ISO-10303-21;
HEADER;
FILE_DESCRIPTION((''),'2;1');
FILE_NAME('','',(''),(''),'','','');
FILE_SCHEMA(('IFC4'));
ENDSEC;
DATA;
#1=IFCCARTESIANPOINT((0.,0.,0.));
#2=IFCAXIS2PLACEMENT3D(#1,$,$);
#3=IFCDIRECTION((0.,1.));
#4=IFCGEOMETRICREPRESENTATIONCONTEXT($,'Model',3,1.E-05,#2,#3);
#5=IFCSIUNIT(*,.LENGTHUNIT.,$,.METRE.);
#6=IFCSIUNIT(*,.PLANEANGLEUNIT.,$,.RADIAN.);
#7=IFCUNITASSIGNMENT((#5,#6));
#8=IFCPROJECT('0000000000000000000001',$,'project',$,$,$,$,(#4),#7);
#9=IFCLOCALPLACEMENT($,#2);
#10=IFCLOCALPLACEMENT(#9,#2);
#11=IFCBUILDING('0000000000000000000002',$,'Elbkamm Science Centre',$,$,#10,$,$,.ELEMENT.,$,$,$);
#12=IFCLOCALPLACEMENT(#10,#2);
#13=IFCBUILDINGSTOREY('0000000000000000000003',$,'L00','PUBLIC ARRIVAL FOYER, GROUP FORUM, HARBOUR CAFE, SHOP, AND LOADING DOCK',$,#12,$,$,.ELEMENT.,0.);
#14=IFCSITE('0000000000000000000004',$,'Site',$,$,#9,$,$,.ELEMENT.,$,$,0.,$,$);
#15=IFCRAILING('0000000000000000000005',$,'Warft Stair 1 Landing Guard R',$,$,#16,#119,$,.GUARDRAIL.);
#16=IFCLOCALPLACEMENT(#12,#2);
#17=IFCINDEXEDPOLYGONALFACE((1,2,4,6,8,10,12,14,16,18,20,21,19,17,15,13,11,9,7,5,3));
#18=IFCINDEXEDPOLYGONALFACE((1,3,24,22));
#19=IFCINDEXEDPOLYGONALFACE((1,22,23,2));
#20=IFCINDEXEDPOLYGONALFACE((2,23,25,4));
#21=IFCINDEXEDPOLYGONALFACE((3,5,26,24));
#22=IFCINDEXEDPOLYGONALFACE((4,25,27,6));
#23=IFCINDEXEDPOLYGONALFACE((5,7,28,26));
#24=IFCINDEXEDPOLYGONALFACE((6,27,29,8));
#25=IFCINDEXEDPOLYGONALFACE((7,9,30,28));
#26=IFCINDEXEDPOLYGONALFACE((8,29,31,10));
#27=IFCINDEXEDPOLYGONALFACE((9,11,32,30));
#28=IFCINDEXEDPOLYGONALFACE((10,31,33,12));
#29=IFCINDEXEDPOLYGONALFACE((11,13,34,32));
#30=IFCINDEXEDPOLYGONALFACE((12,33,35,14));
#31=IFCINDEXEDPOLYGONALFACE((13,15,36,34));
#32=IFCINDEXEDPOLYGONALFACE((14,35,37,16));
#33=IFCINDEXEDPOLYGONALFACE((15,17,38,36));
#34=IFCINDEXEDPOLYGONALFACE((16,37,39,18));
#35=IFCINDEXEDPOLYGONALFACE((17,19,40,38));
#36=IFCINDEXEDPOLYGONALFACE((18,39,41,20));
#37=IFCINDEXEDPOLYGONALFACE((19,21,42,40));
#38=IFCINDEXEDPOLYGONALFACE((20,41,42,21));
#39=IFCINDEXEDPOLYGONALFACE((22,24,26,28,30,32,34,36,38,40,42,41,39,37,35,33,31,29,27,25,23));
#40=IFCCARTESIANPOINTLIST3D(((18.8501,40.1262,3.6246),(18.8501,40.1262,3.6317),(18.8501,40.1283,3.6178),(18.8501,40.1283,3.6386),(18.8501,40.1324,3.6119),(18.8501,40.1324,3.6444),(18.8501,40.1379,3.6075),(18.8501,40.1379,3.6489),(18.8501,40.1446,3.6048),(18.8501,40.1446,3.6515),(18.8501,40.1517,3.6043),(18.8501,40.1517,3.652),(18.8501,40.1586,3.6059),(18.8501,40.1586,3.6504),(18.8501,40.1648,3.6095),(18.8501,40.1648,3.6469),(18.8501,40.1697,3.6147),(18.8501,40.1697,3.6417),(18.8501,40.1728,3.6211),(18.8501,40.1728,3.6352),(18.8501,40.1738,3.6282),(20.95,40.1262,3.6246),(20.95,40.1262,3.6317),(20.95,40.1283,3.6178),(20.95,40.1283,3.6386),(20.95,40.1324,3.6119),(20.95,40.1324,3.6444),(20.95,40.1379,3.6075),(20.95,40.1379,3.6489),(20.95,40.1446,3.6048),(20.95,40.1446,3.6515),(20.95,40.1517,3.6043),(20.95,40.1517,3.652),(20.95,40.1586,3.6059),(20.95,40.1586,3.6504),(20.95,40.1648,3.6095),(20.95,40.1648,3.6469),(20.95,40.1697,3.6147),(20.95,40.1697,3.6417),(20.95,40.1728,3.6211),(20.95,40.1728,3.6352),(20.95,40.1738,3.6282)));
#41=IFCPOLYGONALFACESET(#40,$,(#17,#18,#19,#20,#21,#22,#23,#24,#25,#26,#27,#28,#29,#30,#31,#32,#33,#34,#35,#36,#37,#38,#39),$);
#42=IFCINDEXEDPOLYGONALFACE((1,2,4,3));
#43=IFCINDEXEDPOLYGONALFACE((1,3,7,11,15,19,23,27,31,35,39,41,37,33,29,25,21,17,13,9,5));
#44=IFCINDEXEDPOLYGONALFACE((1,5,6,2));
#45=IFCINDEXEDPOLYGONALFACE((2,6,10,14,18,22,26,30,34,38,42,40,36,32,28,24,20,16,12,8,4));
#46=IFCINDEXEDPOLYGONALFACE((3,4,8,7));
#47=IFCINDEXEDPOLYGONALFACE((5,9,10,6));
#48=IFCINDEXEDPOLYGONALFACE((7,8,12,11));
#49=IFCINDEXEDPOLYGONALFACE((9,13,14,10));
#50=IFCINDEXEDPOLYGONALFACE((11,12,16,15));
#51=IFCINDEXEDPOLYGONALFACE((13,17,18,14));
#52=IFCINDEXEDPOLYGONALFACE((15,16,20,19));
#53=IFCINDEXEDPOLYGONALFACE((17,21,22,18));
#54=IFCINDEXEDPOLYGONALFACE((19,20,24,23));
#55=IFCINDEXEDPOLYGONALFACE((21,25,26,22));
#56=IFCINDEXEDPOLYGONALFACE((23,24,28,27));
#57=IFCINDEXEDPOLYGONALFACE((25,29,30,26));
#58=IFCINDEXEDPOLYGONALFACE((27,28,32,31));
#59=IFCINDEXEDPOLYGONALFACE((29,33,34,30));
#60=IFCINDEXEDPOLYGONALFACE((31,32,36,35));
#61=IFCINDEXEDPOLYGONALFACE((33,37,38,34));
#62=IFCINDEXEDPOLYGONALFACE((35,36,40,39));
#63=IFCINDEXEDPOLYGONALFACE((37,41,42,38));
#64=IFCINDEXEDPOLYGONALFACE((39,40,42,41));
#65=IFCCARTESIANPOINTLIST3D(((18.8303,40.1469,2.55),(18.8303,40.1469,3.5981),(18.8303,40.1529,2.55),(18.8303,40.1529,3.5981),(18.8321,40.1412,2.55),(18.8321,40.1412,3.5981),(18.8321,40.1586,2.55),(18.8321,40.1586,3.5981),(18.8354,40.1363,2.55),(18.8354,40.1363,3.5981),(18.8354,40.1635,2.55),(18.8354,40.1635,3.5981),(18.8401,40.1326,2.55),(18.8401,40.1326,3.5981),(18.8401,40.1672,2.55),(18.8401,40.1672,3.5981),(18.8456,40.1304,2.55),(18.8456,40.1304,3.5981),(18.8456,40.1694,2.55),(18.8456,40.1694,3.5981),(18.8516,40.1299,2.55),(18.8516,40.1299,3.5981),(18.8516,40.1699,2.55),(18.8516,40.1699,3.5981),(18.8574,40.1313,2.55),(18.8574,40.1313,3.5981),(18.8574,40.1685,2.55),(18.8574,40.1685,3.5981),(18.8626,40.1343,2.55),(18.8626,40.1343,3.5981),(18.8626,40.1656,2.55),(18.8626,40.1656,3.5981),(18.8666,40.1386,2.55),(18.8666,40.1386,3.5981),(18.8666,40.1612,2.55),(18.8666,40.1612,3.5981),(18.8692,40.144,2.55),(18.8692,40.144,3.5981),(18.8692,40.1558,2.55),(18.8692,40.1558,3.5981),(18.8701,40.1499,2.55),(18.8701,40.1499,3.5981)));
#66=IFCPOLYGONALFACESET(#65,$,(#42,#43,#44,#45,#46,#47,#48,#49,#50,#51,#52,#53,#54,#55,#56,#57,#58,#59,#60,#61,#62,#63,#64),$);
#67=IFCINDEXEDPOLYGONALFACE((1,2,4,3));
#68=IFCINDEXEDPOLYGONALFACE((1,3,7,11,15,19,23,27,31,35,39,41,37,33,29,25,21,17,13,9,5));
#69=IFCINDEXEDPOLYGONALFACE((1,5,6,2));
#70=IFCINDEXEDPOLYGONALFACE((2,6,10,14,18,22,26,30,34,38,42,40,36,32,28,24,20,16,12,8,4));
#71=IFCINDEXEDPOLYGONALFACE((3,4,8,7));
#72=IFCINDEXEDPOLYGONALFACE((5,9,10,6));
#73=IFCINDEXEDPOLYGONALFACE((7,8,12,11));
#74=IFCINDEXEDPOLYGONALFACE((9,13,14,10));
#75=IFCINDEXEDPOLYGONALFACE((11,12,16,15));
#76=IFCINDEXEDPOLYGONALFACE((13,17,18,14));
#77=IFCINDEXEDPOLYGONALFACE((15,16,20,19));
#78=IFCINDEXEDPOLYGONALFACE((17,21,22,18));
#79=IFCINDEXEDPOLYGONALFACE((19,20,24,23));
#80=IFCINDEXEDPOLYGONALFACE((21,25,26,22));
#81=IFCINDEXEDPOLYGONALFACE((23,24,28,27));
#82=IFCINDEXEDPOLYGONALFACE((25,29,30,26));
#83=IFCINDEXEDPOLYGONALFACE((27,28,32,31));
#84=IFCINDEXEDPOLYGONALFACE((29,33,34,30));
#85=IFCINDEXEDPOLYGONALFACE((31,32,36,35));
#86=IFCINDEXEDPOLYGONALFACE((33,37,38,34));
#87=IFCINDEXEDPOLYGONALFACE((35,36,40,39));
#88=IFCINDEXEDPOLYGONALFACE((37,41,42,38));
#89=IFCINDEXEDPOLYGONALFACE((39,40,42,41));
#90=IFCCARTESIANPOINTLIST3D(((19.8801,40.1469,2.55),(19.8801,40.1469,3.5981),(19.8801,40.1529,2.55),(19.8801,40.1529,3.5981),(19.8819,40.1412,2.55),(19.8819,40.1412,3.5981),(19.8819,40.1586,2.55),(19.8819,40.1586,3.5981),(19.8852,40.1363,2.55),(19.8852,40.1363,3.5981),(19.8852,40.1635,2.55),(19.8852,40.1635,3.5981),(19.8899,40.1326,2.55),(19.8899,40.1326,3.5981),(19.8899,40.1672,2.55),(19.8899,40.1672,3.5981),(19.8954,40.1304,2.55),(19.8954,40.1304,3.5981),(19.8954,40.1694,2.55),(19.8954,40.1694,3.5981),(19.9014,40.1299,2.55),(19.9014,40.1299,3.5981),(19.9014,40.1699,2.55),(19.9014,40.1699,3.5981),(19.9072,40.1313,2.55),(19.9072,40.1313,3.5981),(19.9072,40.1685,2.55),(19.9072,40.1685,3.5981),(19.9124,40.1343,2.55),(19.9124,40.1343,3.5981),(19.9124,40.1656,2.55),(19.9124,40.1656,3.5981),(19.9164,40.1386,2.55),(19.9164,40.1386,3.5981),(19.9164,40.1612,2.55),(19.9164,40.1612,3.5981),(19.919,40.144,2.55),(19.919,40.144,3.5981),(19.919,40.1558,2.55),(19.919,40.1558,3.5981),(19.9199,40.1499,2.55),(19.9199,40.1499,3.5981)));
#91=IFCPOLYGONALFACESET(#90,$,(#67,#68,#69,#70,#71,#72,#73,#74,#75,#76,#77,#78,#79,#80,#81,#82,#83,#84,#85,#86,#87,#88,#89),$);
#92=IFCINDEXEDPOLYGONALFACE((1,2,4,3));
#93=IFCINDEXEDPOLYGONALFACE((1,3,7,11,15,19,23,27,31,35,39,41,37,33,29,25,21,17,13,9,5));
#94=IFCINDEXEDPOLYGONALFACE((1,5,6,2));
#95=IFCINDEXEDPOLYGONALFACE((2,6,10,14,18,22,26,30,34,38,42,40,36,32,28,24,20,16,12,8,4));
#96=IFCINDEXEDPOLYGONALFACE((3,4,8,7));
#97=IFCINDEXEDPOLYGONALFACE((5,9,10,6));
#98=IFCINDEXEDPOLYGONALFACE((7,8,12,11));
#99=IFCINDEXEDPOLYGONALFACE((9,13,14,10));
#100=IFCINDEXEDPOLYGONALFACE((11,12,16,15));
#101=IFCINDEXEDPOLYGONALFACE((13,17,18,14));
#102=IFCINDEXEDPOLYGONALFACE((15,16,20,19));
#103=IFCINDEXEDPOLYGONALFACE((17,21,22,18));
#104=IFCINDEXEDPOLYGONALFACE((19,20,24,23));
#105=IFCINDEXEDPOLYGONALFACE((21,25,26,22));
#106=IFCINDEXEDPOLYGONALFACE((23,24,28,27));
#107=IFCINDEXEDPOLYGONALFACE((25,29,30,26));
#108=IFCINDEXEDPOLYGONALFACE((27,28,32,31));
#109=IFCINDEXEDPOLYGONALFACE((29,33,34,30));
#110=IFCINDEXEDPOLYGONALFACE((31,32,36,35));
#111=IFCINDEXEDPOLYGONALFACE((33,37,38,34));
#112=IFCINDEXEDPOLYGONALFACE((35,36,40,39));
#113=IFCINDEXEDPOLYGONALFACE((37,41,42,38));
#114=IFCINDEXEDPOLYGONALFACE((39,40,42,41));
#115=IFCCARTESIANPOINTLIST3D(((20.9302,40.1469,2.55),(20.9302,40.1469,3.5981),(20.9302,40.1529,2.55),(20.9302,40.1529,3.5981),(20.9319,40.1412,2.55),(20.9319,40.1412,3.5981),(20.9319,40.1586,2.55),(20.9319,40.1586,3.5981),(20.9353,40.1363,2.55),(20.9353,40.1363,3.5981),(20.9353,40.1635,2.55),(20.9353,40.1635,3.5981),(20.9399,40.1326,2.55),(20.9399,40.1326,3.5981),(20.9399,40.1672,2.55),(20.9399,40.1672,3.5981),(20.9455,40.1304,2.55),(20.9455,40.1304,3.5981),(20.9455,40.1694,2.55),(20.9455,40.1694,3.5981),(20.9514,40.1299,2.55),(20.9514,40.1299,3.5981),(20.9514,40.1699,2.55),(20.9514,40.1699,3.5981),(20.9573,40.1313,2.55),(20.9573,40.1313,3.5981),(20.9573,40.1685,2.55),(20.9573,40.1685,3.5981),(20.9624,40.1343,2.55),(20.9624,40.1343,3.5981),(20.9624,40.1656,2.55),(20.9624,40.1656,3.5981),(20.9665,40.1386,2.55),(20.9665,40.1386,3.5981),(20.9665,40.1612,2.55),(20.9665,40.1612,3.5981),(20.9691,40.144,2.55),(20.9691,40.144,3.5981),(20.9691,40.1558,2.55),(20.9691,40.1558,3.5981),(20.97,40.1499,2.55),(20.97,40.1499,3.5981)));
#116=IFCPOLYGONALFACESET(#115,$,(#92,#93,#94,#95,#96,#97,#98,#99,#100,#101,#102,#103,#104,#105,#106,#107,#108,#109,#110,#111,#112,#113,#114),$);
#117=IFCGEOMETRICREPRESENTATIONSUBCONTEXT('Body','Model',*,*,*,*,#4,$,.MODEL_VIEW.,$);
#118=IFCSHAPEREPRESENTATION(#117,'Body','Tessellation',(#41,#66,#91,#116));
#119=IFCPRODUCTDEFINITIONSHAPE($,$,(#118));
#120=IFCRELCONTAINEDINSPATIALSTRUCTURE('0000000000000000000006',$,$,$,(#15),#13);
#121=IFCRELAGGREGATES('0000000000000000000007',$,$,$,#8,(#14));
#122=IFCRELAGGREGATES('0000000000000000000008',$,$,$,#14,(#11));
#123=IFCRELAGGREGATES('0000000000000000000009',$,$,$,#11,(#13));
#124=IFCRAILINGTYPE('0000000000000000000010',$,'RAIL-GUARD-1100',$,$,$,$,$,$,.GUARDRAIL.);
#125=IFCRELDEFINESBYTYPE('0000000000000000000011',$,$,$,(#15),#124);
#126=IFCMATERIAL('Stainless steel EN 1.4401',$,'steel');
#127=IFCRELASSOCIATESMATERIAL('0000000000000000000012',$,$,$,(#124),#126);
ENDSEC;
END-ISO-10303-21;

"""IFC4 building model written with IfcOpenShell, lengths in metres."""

from ifc_helpers import new_model, si_unit, direction, frame, origin, origin_2d, place, context, subcontext, project, spatial, circle, extrude, material, type_object, element, save


model = new_model("IFC4")

# Units and contexts
model_context = context("Model", 3, precision=1e-05, world=origin(), true_north=direction((0.0, 1.0)))
body_context = subcontext(model_context, "Body", "Model", "MODEL_VIEW")
ifc_project = project(units=[si_unit("LENGTHUNIT", "METRE"), si_unit("PLANEANGLEUNIT", "RADIAN")], contexts=[model_context])

# Site, building, storey
site_placement = place(None, origin())
site = spatial("IfcSite", under=ifc_project, at=site_placement, Name="Site", CompositionType="ELEMENT", RefElevation=0.0)
building_placement = place(site_placement, origin())
building = spatial("IfcBuilding", under=site, at=building_placement, Name="Elbkamm Science Centre", CompositionType="ELEMENT")
storey_placement = place(building_placement, origin())
storey = spatial("IfcBuildingStorey", under=building, at=storey_placement, Name="L00", Description="PUBLIC ARRIVAL FOYER, GROUP FORUM, HARBOUR CAFE, SHOP, AND LOADING DOCK", CompositionType="ELEMENT", Elevation=0.0)

# Railing
ifc_material_1 = material(Name="Stainless steel EN 1.4401", Category="steel")
railing_type_1 = type_object("IfcRailingType", Name="RAIL-GUARD-1100", PredefinedType="GUARDRAIL", material=ifc_material_1)
railing_1_placement = place(storey_placement, frame((18.8501, 40.1499, 2.55)))
element("IfcRailing", 1, at=railing_1_placement, inside=storey, type_object=railing_type_1, Name="Warft Stair 1 Landing Guard R", PredefinedType="GUARDRAIL", context=body_context, shape_type="SweptSolid", body=[
    extrude(circle(Radius=0.0239, at=origin_2d()), frame((0.0, 0.0, 1.0781), z_axis=(1.0, 0.0, 0.0), x_axis=(0.0, 1.0, 0.0)), (0.0, 0.0, 1.0), 2.0999),
    extrude(circle(Radius=0.02, at=origin_2d()), origin(), (0.0, 0.0, 1.0), 1.0481),
    extrude(circle(Radius=0.02, at=origin_2d()), frame((1.0498, 0.0, 0.0)), (0.0, 0.0, 1.0), 1.0481),
    extrude(circle(Radius=0.02, at=origin_2d()), frame((2.0999, 0.0, 0.0)), (0.0, 0.0, 1.0), 1.0481),
])

save(model, "model.ifc")
